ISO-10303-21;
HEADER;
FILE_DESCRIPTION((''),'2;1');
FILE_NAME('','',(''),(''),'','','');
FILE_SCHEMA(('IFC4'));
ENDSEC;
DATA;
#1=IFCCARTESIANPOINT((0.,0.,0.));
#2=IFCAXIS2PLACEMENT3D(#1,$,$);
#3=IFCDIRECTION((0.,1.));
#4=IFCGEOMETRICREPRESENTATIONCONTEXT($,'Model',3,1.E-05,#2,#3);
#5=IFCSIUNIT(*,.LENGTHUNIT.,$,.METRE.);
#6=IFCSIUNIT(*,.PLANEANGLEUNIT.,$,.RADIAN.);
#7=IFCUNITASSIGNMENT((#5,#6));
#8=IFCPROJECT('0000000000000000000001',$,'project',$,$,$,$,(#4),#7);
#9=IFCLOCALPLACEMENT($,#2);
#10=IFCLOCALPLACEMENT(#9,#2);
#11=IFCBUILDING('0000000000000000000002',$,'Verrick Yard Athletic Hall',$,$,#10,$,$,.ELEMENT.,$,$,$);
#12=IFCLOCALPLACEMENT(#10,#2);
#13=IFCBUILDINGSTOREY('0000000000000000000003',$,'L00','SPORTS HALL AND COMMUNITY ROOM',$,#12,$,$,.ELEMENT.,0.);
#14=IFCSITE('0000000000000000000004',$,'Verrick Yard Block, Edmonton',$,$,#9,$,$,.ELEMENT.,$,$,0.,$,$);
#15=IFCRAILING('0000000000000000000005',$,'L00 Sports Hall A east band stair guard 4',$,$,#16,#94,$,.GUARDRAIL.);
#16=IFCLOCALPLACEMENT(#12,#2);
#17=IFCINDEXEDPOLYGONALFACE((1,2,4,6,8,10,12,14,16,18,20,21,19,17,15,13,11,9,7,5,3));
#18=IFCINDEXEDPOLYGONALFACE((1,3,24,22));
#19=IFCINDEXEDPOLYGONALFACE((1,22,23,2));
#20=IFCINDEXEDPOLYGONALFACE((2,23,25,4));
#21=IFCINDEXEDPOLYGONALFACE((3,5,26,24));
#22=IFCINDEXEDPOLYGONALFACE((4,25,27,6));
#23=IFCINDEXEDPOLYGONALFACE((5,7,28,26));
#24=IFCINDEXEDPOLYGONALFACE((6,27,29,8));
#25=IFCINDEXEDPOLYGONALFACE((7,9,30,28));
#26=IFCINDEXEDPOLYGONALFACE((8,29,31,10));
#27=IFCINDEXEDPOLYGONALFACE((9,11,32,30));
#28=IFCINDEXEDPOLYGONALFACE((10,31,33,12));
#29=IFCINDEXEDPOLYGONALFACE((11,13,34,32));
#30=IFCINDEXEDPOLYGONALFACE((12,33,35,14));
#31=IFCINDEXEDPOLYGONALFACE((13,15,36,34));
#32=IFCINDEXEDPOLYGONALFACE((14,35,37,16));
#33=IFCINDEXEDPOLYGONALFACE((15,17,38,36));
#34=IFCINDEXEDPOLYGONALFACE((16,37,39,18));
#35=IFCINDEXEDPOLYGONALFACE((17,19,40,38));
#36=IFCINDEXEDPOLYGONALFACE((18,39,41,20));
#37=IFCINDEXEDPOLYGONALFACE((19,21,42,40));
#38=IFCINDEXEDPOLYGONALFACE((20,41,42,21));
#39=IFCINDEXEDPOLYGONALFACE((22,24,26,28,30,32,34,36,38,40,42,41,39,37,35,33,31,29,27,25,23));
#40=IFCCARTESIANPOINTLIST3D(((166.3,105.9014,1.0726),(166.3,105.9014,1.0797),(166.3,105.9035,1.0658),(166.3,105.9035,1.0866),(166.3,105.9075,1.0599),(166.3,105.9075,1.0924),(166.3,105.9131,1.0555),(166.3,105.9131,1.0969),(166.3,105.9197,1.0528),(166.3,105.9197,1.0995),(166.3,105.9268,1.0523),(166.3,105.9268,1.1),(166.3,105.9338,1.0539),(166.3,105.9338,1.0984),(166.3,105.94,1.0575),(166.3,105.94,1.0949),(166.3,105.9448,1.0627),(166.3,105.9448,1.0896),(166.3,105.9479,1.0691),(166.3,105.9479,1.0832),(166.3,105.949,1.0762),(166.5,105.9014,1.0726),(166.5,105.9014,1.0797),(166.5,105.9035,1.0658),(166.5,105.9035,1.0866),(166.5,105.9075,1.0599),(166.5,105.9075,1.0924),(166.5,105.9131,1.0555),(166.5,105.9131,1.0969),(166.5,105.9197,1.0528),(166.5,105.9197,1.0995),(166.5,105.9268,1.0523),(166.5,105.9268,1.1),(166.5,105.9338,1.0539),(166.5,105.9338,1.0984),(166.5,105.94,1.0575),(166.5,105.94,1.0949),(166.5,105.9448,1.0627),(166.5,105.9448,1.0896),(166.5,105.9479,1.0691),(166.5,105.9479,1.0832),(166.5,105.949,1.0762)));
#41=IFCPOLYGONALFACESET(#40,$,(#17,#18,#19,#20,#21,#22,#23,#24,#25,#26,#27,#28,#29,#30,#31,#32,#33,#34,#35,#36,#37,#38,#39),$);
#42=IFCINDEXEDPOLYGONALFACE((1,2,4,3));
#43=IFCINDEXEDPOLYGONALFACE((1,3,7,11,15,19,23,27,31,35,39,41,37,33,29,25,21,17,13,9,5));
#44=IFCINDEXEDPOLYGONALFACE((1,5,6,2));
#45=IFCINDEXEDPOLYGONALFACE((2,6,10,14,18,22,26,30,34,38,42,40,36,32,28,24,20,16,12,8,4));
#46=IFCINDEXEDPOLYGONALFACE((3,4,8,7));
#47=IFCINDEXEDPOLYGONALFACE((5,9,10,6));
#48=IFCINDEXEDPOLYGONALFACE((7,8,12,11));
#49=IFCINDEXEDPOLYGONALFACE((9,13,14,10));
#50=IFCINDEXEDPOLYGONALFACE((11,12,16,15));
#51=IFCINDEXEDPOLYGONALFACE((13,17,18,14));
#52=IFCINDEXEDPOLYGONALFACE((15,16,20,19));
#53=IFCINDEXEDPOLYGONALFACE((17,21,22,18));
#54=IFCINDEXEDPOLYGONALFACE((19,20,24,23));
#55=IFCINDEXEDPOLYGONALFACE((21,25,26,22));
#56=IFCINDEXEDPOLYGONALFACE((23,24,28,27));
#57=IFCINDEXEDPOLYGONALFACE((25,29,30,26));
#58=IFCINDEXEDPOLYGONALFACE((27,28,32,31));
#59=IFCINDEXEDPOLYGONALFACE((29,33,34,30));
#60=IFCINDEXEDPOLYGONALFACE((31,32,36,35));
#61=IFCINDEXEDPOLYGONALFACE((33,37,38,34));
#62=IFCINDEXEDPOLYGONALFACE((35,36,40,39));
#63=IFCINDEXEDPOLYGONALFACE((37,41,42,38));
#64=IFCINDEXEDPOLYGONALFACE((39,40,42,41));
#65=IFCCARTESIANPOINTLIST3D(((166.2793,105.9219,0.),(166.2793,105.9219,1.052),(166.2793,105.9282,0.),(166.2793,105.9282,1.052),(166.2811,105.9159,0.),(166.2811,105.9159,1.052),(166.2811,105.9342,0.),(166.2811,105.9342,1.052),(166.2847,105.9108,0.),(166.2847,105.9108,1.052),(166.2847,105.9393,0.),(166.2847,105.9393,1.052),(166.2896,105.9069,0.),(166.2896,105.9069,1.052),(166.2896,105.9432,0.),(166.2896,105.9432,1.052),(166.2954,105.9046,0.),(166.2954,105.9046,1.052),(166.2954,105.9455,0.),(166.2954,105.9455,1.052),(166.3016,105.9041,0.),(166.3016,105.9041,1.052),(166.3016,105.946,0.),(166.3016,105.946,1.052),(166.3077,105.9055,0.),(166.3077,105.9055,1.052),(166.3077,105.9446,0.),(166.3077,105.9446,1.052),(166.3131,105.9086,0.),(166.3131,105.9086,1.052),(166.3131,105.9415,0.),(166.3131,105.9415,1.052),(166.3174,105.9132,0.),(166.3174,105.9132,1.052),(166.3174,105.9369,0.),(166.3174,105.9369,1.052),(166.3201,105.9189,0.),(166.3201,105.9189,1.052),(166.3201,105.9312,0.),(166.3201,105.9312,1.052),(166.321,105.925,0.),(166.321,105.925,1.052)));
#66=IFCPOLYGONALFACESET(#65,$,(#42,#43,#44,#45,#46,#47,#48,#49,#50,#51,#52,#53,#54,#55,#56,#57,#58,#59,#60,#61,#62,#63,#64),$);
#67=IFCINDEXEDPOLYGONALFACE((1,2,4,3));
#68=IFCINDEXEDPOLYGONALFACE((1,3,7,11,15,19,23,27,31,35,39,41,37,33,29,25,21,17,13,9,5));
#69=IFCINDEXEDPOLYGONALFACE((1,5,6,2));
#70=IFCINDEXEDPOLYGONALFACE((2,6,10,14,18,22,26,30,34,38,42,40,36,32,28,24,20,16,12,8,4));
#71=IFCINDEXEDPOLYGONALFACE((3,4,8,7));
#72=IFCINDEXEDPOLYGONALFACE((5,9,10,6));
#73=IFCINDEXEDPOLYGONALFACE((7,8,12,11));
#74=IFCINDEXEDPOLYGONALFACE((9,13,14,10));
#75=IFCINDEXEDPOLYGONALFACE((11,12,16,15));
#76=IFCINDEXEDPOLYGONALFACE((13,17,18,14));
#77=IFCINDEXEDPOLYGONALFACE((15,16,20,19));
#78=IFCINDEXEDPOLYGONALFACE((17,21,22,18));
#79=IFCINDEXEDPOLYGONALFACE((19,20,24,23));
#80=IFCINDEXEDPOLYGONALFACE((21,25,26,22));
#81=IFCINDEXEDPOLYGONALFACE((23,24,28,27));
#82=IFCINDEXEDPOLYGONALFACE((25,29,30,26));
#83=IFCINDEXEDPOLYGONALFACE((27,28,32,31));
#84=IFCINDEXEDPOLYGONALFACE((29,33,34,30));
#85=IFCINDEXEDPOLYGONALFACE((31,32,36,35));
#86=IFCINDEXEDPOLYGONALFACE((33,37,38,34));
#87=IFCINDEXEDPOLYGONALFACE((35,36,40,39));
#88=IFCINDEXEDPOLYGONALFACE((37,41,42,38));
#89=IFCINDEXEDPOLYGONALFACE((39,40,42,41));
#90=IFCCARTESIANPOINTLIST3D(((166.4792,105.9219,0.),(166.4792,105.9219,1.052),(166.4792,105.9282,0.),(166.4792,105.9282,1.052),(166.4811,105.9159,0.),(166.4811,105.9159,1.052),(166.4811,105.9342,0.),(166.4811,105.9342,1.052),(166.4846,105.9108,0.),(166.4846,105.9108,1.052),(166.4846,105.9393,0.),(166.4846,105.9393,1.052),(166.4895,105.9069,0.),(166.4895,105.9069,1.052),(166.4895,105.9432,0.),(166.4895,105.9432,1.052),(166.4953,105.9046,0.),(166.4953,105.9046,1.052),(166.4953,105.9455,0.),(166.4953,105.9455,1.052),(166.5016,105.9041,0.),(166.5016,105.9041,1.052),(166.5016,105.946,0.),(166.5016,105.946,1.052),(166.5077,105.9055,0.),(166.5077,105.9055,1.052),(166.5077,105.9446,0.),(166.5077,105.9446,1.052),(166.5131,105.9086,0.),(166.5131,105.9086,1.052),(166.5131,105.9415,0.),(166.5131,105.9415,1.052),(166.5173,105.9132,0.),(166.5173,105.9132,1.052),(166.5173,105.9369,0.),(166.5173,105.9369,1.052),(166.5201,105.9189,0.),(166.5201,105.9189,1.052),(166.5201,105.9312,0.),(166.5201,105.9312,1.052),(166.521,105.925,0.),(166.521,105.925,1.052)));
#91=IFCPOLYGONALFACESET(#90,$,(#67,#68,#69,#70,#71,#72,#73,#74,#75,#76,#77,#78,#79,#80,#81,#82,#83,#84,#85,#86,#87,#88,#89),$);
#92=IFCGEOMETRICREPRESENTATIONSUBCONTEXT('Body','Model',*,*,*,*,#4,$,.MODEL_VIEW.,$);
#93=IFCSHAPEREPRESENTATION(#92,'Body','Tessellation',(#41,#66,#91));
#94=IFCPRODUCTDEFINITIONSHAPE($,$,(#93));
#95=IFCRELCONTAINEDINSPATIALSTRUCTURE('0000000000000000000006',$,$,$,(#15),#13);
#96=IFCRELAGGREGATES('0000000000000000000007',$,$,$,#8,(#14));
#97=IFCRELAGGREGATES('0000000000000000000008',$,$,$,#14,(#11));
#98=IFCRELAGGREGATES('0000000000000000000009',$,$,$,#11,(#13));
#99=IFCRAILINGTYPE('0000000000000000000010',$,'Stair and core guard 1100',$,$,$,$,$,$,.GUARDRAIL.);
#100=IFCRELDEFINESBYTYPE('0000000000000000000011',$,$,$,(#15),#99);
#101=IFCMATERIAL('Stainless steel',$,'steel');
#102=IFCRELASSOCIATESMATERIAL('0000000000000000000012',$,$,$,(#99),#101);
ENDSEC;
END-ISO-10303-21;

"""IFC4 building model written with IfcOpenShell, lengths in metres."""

from ifc_helpers import new_model, si_unit, direction, frame, origin, origin_2d, place, context, subcontext, project, spatial, circle, extrude, material, type_object, element, save


model = new_model("IFC4")

# Units and contexts
model_context = context("Model", 3, precision=1e-05, world=origin(), true_north=direction((0.0, 1.0)))
body_context = subcontext(model_context, "Body", "Model", "MODEL_VIEW")
ifc_project = project(units=[si_unit("LENGTHUNIT", "METRE"), si_unit("PLANEANGLEUNIT", "RADIAN")], contexts=[model_context])

# Site, building, storey
site_placement = place(None, origin())
site = spatial("IfcSite", under=ifc_project, at=site_placement, Name="Verrick Yard Block, Edmonton", CompositionType="ELEMENT", RefElevation=0.0)
building_placement = place(site_placement, origin())
building = spatial("IfcBuilding", under=site, at=building_placement, Name="Verrick Yard Athletic Hall", CompositionType="ELEMENT")
storey_placement = place(building_placement, origin())
storey = spatial("IfcBuildingStorey", under=building, at=storey_placement, Name="L00", Description="SPORTS HALL AND COMMUNITY ROOM", CompositionType="ELEMENT", Elevation=0.0)

# Railing
ifc_material_1 = material(Name="Stainless steel", Category="steel")
railing_type_1 = type_object("IfcRailingType", Name="Stair and core guard 1100", PredefinedType="GUARDRAIL", material=ifc_material_1)
railing_1_placement = place(storey_placement, frame((166.3, 105.925, 0.0)))
element("IfcRailing", 1, at=railing_1_placement, inside=storey, type_object=railing_type_1, Name="L00 Sports Hall A east band stair guard 4", PredefinedType="GUARDRAIL", context=body_context, shape_type="SweptSolid", body=[
    extrude(circle(Radius=0.0239, at=origin_2d()), frame((0.0, 0.0, 1.0762), z_axis=(1.0, 0.0, 0.0), x_axis=(0.0, 1.0, 0.0)), (0.0, 0.0, 1.0), 0.2),
    extrude(circle(Radius=0.021, at=origin_2d()), origin(), (0.0, 0.0, 1.0), 1.052),
    extrude(circle(Radius=0.021, at=origin_2d()), frame((0.2, 0.0, 0.0)), (0.0, 0.0, 1.0), 1.052),
])

save(model, "model.ifc")
